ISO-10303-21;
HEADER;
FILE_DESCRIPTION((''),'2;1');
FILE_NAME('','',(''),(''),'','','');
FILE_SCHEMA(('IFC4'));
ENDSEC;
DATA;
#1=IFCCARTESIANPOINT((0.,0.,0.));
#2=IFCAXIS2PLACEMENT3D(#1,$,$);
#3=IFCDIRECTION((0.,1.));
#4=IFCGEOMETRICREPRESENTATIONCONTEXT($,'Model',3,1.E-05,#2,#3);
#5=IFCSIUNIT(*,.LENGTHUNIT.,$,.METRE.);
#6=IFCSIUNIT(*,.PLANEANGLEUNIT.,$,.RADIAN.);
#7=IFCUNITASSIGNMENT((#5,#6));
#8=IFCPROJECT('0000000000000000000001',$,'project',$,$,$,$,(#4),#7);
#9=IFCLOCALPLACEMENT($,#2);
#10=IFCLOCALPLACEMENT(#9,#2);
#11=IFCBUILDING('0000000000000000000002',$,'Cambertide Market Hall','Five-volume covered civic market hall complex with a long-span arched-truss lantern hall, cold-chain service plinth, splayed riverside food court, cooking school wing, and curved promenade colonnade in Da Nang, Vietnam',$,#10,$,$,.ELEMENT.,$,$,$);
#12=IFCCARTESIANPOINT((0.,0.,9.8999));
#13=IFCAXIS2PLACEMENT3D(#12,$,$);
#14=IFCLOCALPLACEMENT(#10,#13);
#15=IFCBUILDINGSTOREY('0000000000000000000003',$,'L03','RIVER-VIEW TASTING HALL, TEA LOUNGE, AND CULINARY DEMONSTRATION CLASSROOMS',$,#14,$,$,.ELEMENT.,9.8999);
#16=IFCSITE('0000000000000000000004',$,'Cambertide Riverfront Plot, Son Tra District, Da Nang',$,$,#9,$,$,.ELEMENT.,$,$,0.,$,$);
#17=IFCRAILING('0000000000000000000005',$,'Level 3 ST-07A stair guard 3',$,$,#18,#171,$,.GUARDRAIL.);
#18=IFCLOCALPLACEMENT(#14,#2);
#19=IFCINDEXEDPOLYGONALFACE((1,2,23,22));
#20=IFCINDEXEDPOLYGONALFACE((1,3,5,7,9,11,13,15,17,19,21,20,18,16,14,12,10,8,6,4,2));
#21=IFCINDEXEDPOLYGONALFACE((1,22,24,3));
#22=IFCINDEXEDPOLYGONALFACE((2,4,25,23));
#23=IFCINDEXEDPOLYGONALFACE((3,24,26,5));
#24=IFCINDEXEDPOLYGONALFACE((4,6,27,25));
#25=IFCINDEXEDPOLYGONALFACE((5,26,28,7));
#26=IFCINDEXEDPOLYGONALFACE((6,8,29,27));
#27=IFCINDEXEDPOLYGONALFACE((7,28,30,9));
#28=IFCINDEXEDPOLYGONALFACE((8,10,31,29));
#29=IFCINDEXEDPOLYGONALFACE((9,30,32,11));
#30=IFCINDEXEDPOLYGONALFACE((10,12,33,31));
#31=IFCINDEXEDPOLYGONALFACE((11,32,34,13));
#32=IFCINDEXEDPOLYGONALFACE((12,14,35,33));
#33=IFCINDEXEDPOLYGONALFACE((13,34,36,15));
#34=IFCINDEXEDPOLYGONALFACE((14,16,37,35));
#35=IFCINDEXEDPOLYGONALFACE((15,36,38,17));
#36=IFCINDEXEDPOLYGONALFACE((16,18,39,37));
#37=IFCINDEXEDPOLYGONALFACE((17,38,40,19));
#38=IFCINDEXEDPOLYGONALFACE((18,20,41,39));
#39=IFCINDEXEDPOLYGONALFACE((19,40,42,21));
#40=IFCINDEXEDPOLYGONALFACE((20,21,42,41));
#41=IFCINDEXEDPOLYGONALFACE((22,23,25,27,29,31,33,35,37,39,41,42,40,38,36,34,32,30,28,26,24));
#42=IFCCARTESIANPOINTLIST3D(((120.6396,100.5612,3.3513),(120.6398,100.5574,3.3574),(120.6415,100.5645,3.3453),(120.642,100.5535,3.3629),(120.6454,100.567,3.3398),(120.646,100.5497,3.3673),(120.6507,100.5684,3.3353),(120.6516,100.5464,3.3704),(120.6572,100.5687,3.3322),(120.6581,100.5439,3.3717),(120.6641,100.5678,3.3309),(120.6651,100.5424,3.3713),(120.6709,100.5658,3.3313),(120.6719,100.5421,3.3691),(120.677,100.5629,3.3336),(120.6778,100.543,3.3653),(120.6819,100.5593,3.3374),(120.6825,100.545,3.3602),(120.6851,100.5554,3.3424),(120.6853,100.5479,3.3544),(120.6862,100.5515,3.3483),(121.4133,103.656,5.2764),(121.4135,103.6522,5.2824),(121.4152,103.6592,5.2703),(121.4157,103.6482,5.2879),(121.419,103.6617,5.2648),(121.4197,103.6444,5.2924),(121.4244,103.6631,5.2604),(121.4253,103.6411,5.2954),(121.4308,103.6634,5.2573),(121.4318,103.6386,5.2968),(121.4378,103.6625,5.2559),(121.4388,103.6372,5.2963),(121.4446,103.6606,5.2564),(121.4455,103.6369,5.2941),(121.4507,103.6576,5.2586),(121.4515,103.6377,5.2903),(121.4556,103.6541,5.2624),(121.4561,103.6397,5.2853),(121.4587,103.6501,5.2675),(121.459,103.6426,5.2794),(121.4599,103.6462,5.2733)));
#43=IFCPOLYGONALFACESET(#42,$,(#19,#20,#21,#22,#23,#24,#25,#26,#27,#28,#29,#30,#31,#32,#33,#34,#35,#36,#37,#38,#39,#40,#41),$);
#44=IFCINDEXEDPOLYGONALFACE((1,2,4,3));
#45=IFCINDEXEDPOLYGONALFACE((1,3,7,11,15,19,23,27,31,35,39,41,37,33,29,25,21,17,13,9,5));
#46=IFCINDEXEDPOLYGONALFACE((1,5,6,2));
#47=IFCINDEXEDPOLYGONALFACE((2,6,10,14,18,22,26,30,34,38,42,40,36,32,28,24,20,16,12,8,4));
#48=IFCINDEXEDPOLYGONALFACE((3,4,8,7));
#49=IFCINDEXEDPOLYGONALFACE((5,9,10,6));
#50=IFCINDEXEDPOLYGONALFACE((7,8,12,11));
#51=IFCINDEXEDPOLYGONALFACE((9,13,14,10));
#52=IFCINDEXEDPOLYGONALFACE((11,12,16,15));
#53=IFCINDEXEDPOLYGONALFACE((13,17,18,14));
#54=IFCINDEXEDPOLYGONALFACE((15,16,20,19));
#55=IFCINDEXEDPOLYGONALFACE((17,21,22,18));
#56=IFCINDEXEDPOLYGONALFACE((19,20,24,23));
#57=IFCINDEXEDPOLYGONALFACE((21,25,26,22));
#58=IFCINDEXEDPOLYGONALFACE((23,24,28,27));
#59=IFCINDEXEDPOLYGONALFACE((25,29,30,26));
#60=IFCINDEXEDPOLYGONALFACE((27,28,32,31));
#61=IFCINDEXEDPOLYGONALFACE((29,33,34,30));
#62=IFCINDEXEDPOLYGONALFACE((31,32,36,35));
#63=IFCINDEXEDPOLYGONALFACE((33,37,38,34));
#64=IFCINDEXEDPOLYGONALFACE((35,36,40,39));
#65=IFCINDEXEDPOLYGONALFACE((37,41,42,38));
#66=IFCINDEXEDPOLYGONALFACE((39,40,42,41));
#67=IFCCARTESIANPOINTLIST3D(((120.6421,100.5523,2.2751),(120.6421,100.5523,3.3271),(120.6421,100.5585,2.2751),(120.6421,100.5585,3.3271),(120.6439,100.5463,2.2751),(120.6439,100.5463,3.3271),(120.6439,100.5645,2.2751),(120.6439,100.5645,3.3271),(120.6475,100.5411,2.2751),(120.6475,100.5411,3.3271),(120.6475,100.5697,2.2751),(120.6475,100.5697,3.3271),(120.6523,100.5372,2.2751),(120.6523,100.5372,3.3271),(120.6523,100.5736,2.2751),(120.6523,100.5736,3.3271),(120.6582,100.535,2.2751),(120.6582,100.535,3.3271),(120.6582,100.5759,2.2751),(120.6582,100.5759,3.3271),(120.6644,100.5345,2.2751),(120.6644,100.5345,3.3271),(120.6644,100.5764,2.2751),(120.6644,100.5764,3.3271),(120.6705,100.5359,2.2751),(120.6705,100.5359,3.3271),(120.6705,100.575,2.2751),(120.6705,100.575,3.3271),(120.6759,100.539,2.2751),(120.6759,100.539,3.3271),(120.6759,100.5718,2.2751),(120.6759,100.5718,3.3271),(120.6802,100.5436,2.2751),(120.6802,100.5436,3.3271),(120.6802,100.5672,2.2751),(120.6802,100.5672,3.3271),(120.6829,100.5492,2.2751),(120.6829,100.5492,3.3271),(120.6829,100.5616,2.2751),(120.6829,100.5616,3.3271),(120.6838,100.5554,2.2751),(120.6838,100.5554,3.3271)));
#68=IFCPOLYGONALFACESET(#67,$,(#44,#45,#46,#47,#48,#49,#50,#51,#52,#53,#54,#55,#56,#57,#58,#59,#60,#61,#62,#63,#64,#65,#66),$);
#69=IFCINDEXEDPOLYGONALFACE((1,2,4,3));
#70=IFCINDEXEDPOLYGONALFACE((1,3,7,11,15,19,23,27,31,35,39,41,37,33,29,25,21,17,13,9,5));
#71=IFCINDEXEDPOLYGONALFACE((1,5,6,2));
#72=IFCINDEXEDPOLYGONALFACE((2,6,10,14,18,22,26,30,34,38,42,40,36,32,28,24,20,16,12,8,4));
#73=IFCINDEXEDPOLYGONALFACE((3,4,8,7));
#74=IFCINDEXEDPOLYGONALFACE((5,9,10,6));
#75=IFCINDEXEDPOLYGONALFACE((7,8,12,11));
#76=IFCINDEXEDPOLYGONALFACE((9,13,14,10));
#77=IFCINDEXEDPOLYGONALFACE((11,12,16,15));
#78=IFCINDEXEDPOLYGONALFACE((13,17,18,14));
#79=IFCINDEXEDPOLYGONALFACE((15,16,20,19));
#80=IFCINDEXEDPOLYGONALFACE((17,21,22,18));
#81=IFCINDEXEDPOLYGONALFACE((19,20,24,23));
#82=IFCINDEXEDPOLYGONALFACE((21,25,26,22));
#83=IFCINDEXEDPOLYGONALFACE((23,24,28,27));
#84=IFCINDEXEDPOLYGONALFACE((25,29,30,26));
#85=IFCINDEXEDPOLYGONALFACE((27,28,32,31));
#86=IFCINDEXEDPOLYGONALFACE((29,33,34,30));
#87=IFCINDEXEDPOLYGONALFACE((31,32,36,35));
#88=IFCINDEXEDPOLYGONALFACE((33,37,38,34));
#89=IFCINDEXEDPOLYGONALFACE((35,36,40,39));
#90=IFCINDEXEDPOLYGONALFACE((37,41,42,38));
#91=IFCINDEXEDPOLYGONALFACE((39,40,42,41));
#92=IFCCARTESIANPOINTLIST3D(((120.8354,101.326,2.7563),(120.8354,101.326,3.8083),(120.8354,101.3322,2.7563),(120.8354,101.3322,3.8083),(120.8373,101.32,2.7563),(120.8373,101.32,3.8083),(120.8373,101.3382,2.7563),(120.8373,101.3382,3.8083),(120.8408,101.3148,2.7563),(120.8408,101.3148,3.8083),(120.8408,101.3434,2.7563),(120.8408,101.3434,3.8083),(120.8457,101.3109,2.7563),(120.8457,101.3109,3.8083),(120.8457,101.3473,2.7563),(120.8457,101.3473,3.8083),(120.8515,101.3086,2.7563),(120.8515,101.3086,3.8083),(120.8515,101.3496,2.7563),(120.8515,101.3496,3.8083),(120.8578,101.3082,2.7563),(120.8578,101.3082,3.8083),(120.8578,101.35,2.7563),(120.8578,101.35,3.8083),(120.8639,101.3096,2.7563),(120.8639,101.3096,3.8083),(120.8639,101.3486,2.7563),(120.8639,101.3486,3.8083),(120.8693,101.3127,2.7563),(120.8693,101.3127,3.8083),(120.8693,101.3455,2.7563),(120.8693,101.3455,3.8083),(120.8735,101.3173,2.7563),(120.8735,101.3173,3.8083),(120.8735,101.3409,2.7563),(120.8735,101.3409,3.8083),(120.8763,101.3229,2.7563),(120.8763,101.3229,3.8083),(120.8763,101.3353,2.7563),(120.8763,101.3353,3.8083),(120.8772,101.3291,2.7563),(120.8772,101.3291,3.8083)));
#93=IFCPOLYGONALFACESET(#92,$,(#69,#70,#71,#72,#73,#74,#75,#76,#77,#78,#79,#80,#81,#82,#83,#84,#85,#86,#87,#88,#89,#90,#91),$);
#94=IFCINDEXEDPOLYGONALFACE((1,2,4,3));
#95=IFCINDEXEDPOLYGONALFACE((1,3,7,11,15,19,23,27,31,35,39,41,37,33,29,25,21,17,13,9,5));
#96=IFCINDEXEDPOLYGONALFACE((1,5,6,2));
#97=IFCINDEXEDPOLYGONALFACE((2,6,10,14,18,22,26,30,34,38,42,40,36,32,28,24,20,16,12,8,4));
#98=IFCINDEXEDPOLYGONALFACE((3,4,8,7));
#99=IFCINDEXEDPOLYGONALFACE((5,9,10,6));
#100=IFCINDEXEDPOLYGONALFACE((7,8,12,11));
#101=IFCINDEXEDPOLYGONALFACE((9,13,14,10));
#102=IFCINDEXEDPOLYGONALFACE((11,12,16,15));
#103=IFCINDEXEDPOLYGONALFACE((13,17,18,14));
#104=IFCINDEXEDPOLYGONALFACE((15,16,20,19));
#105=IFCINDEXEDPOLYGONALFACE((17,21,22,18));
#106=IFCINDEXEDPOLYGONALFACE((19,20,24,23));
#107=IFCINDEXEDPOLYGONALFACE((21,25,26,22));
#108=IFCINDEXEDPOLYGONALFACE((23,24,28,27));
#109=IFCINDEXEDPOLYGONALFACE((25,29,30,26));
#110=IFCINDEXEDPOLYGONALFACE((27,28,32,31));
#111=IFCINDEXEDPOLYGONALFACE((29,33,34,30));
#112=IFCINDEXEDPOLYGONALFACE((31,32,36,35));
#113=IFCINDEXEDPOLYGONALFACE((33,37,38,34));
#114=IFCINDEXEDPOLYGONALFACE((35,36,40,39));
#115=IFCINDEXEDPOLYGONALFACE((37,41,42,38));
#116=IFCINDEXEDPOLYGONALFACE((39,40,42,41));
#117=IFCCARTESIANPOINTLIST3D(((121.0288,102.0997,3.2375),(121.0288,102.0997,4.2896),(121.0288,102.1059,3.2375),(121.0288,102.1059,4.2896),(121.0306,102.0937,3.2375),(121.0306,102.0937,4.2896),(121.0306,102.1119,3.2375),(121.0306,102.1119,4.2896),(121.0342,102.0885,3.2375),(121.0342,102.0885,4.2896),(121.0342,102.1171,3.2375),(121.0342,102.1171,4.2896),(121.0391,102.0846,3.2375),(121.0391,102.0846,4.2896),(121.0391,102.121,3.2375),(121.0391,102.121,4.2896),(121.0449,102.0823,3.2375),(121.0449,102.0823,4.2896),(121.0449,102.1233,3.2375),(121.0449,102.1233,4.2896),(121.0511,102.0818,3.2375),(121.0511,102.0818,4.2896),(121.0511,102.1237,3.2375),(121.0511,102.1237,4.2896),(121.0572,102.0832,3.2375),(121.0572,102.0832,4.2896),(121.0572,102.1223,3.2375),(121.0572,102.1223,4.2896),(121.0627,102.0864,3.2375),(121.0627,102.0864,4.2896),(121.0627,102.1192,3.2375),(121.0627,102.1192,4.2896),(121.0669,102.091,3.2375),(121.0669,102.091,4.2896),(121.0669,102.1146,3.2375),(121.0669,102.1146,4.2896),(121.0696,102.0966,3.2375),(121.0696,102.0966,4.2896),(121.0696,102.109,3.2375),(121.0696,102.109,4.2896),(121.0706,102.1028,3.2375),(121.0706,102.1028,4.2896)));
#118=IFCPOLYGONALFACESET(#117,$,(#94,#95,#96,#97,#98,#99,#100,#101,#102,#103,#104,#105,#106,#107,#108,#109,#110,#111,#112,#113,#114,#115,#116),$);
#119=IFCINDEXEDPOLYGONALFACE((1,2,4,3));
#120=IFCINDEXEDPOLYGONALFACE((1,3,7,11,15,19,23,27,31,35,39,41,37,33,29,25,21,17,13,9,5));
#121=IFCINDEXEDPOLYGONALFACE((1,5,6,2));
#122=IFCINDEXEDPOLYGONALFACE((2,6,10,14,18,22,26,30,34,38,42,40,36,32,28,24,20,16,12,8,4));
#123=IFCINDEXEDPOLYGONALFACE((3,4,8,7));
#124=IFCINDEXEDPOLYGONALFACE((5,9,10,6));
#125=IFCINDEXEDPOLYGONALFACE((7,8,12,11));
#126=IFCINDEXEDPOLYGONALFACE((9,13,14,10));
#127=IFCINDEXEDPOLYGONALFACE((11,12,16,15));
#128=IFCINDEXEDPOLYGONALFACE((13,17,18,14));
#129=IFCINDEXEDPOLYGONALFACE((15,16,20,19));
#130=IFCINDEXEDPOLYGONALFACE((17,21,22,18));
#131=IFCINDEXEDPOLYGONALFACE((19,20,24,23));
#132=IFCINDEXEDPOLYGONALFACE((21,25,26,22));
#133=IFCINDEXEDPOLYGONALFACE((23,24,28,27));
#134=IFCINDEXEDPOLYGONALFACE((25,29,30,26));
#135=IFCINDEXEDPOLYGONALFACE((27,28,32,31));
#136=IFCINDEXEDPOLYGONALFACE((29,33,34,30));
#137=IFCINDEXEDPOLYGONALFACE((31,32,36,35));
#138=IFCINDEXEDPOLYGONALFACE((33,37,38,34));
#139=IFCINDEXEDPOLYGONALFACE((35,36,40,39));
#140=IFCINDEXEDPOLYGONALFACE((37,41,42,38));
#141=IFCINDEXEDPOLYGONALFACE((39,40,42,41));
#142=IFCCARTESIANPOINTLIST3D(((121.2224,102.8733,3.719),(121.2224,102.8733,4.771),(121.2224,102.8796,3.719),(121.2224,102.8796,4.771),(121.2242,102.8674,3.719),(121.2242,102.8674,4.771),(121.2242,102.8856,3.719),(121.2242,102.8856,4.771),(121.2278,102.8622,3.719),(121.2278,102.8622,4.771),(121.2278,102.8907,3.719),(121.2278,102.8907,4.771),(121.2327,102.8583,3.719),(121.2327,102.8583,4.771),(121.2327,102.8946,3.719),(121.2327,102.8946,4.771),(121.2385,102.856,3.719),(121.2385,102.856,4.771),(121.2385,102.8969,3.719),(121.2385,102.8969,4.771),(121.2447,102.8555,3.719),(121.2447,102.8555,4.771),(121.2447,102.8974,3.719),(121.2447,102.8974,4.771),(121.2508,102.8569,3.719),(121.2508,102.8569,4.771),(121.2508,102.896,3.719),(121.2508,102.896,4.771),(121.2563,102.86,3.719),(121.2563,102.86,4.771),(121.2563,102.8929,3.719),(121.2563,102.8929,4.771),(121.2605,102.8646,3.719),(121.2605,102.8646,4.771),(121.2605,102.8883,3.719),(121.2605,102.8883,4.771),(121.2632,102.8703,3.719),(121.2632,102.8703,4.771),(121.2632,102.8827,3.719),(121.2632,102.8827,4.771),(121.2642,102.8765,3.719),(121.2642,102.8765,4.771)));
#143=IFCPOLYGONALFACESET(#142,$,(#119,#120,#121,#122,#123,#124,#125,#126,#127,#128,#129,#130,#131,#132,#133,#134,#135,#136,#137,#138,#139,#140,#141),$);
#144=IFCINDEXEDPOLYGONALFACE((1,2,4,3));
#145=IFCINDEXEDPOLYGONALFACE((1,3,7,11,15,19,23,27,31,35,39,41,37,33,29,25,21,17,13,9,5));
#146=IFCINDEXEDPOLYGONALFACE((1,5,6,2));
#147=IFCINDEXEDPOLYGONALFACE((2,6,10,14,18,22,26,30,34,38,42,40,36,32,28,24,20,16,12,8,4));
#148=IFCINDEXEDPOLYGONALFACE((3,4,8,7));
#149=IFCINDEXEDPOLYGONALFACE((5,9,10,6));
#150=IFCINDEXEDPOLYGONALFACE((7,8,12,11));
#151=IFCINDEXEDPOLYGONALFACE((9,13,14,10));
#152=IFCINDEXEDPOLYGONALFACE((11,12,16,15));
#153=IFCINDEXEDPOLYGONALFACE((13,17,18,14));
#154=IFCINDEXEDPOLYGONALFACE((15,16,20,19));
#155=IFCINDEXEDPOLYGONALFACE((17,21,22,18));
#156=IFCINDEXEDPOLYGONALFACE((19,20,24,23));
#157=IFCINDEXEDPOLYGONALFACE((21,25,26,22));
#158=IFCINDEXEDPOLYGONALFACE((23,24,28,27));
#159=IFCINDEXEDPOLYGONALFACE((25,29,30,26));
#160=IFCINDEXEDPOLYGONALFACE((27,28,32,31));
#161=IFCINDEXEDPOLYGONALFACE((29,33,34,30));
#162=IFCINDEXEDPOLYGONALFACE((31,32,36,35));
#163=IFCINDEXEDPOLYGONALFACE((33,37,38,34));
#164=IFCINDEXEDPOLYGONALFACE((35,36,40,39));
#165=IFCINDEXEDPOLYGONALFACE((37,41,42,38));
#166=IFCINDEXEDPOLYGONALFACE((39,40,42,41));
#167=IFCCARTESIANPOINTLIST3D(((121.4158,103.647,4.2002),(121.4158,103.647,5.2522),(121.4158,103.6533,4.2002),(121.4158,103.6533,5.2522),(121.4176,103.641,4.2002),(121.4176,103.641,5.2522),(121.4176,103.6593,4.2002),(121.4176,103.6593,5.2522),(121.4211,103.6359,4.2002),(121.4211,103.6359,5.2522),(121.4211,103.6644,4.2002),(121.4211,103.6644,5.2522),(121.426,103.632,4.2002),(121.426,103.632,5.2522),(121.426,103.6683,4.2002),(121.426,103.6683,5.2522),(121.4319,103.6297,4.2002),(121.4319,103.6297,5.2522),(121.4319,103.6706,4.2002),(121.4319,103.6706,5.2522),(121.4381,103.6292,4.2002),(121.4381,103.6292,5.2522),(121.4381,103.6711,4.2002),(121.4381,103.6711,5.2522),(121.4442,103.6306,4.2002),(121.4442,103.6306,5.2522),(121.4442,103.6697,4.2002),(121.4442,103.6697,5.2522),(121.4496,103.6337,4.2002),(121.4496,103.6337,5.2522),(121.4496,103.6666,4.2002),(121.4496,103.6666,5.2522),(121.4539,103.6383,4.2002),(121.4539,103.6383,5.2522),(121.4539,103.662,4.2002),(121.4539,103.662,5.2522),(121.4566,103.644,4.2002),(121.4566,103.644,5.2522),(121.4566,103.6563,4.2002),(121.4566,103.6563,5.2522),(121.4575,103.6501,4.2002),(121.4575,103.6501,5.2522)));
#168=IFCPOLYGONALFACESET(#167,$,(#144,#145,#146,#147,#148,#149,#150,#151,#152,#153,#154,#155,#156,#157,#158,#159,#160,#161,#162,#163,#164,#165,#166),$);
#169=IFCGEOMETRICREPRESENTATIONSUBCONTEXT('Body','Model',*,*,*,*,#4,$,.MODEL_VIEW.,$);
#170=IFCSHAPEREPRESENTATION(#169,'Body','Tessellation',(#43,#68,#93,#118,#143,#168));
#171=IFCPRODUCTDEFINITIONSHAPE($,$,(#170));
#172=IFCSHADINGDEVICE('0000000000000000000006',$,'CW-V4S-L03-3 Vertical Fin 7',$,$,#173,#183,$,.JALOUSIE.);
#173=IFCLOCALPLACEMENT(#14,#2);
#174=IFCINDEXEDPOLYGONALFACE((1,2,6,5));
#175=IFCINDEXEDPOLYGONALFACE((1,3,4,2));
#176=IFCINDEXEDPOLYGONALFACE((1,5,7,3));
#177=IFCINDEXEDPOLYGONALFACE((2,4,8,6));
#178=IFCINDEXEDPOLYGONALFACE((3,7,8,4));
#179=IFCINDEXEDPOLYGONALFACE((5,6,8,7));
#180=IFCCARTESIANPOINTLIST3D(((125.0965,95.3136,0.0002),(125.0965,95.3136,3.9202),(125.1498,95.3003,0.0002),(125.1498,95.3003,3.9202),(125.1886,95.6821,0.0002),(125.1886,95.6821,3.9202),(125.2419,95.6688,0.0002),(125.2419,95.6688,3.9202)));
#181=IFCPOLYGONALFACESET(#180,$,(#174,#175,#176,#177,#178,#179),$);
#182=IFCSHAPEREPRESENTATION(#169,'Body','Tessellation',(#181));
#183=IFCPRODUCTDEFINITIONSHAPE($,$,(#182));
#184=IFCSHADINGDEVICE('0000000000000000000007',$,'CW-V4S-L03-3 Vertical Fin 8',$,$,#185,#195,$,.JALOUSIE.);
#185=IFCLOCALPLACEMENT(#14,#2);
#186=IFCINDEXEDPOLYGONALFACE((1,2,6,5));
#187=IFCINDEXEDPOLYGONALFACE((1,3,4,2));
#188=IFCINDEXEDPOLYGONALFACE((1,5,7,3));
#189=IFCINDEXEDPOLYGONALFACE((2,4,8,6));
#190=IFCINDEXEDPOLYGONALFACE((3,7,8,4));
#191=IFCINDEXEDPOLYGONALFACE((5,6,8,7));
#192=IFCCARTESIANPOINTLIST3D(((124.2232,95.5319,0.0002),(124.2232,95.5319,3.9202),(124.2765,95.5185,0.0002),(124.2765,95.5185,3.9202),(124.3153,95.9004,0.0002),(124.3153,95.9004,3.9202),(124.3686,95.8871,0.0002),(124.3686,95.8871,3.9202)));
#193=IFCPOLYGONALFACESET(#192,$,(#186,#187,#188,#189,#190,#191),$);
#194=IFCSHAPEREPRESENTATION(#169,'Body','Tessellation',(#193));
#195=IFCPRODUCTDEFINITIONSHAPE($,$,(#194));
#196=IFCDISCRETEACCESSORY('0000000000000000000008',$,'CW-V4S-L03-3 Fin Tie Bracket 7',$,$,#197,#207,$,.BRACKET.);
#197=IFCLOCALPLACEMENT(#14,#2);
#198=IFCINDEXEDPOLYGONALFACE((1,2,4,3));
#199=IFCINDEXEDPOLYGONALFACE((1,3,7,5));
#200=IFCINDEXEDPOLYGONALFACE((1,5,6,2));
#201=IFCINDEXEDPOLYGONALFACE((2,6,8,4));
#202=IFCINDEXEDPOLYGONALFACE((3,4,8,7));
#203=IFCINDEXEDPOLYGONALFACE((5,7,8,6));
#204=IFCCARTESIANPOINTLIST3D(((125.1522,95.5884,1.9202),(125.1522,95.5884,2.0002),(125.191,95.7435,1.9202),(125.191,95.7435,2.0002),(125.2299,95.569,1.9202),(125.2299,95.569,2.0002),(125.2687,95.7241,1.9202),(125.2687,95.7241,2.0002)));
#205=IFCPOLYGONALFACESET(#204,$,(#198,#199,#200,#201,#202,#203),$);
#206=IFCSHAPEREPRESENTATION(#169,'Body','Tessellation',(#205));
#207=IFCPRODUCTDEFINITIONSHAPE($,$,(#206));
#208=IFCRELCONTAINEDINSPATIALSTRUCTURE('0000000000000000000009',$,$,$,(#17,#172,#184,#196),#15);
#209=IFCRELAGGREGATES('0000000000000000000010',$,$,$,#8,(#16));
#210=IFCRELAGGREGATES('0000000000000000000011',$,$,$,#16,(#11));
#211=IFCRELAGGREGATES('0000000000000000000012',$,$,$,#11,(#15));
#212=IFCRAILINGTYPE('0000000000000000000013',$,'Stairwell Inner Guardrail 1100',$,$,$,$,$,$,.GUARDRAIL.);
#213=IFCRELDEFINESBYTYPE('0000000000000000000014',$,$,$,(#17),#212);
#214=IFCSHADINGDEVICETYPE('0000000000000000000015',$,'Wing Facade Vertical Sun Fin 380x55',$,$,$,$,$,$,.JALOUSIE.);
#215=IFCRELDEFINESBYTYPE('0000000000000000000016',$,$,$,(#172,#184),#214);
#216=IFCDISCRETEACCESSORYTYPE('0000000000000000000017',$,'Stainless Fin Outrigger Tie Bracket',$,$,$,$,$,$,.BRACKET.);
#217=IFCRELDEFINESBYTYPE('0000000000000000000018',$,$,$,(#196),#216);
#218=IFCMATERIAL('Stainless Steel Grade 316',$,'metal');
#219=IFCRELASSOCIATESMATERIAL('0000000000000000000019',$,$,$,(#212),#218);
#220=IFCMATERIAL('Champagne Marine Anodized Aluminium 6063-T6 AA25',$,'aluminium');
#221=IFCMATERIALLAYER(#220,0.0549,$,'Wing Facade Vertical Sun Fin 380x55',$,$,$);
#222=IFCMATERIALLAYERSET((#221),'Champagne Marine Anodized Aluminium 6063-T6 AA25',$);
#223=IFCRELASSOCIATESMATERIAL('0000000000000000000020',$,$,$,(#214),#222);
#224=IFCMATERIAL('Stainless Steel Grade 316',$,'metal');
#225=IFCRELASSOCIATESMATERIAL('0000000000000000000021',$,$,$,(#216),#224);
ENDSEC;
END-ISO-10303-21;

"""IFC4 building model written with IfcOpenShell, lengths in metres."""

from ifc_helpers import new_model, si_unit, direction, frame, origin, origin_2d, place, context, subcontext, project, spatial, rectangle, circle, extrude, material, layer, layer_set, type_object, element, save


model = new_model("IFC4")

# Units and contexts
model_context = context("Model", 3, precision=1e-05, world=origin(), true_north=direction((0.0, 1.0)))
body_context = subcontext(model_context, "Body", "Model", "MODEL_VIEW")
ifc_project = project(units=[si_unit("LENGTHUNIT", "METRE"), si_unit("PLANEANGLEUNIT", "RADIAN")], contexts=[model_context])

# Site, building, storey
site_placement = place(None, origin())
site = spatial("IfcSite", under=ifc_project, at=site_placement, Name="Cambertide Riverfront Plot, Son Tra District, Da Nang", CompositionType="ELEMENT", RefElevation=0.0)
building_placement = place(site_placement, origin())
building = spatial("IfcBuilding", under=site, at=building_placement, Name="Cambertide Market Hall", Description="Five-volume covered civic market hall complex with a long-span arched-truss lantern hall, cold-chain service plinth, splayed riverside food court, cooking school wing, and curved promenade colonnade in Da Nang, Vietnam", CompositionType="ELEMENT")
storey_placement = place(building_placement, frame((0.0, 0.0, 9.8999)))
storey = spatial("IfcBuildingStorey", under=building, at=storey_placement, Name="L03", Description="RIVER-VIEW TASTING HALL, TEA LOUNGE, AND CULINARY DEMONSTRATION CLASSROOMS", CompositionType="ELEMENT", Elevation=9.8999)

# Railing
ifc_material_1 = material(Name="Stainless Steel Grade 316", Category="metal")
railing_type_1 = type_object("IfcRailingType", Name="Stairwell Inner Guardrail 1100", PredefinedType="GUARDRAIL", material=ifc_material_1)
railing_1_placement = place(storey_placement, frame((120.6628, 100.5554, 2.2751)))
element("IfcRailing", 1, at=railing_1_placement, inside=storey, type_object=railing_type_1, Name="Level 3 ST-07A stair guard 3", PredefinedType="GUARDRAIL", context=body_context, shape_type="SweptSolid", body=[
    extrude(circle(Radius=0.0239, at=origin_2d()), frame((0.0, 0.0, 1.0762), z_axis=(0.207654, 0.830616, 0.516678), x_axis=(-0.970143, 0.242536, 0.0)), (0.0, 0.0, 1.0), 3.7258),
    extrude(circle(Radius=0.021, at=origin_2d()), origin(), (0.0, 0.0, 1.0), 1.052),
    extrude(circle(Radius=0.021, at=origin_2d()), frame((0.1934, 0.7737, 0.4812)), (0.0, 0.0, 1.0), 1.052),
    extrude(circle(Radius=0.021, at=origin_2d()), frame((0.3867, 1.5474, 0.9624)), (0.0, 0.0, 1.0), 1.052),
    extrude(circle(Radius=0.021, at=origin_2d()), frame((0.5803, 2.321, 1.4438)), (0.0, 0.0, 1.0), 1.052),
    extrude(circle(Radius=0.021, at=origin_2d()), frame((0.7737, 3.0947, 1.925)), (0.0, 0.0, 1.0), 1.052),
])

# Shading devices
ifc_material_2 = material(Name="Champagne Marine Anodized Aluminium 6063-T6 AA25", Category="aluminium")
ifc_layer_1 = layer(ifc_material_2, 0.0549, Name="Wing Facade Vertical Sun Fin 380x55")
ifc_layer_set_1 = layer_set([ifc_layer_1], Name="Champagne Marine Anodized Aluminium 6063-T6 AA25")
shading_device_type = type_object("IfcShadingDeviceType", Name="Wing Facade Vertical Sun Fin 380x55", PredefinedType="JALOUSIE", material=ifc_layer_set_1)
for number, where, z_axis, x_axis, name in (
    (2, (125.1692, 95.4912, 0.0002), (0.0, 0.0, 1.0), (-0.970143, 0.242535, 0.0), "CW-V4S-L03-3 Vertical Fin 7"),
    (3, (124.2959, 95.7095, 0.0002), (0.0, 0.0, 1.0), (-0.970143, 0.242535, 0.0), "CW-V4S-L03-3 Vertical Fin 8"),
):
    element("IfcShadingDevice", number, at=place(storey_placement, frame(where, z_axis=z_axis, x_axis=x_axis)), inside=storey, type_object=shading_device_type, Name=name, PredefinedType="JALOUSIE", context=body_context, shape_type="SweptSolid", body=[
        extrude(rectangle(XDim=0.0549, YDim=0.3799, at=origin_2d()), origin(), (0.0, 0.0, 1.0), 3.9199),
    ])

# Discrete accessory
ifc_material_3 = material(Name="Stainless Steel Grade 316", Category="metal")
discrete_accessory_type = type_object("IfcDiscreteAccessoryType", Name="Stainless Fin Outrigger Tie Bracket", PredefinedType="BRACKET", material=ifc_material_3)
for number, where, z_axis, x_axis, name in (
    (4, (125.2104, 95.6562, 1.9202), (0.0, 0.0, 1.0), (-0.970143, 0.242535, 0.0), "CW-V4S-L03-3 Fin Tie Bracket 7"),
):
    element("IfcDiscreteAccessory", number, at=place(storey_placement, frame(where, z_axis=z_axis, x_axis=x_axis)), inside=storey, type_object=discrete_accessory_type, Name=name, PredefinedType="BRACKET", context=body_context, shape_type="SweptSolid", body=[
        extrude(rectangle(XDim=0.0801, YDim=0.1599, at=origin_2d()), origin(), (0.0, 0.0, 1.0), 0.0801),
    ])

save(model, "model.ifc")
